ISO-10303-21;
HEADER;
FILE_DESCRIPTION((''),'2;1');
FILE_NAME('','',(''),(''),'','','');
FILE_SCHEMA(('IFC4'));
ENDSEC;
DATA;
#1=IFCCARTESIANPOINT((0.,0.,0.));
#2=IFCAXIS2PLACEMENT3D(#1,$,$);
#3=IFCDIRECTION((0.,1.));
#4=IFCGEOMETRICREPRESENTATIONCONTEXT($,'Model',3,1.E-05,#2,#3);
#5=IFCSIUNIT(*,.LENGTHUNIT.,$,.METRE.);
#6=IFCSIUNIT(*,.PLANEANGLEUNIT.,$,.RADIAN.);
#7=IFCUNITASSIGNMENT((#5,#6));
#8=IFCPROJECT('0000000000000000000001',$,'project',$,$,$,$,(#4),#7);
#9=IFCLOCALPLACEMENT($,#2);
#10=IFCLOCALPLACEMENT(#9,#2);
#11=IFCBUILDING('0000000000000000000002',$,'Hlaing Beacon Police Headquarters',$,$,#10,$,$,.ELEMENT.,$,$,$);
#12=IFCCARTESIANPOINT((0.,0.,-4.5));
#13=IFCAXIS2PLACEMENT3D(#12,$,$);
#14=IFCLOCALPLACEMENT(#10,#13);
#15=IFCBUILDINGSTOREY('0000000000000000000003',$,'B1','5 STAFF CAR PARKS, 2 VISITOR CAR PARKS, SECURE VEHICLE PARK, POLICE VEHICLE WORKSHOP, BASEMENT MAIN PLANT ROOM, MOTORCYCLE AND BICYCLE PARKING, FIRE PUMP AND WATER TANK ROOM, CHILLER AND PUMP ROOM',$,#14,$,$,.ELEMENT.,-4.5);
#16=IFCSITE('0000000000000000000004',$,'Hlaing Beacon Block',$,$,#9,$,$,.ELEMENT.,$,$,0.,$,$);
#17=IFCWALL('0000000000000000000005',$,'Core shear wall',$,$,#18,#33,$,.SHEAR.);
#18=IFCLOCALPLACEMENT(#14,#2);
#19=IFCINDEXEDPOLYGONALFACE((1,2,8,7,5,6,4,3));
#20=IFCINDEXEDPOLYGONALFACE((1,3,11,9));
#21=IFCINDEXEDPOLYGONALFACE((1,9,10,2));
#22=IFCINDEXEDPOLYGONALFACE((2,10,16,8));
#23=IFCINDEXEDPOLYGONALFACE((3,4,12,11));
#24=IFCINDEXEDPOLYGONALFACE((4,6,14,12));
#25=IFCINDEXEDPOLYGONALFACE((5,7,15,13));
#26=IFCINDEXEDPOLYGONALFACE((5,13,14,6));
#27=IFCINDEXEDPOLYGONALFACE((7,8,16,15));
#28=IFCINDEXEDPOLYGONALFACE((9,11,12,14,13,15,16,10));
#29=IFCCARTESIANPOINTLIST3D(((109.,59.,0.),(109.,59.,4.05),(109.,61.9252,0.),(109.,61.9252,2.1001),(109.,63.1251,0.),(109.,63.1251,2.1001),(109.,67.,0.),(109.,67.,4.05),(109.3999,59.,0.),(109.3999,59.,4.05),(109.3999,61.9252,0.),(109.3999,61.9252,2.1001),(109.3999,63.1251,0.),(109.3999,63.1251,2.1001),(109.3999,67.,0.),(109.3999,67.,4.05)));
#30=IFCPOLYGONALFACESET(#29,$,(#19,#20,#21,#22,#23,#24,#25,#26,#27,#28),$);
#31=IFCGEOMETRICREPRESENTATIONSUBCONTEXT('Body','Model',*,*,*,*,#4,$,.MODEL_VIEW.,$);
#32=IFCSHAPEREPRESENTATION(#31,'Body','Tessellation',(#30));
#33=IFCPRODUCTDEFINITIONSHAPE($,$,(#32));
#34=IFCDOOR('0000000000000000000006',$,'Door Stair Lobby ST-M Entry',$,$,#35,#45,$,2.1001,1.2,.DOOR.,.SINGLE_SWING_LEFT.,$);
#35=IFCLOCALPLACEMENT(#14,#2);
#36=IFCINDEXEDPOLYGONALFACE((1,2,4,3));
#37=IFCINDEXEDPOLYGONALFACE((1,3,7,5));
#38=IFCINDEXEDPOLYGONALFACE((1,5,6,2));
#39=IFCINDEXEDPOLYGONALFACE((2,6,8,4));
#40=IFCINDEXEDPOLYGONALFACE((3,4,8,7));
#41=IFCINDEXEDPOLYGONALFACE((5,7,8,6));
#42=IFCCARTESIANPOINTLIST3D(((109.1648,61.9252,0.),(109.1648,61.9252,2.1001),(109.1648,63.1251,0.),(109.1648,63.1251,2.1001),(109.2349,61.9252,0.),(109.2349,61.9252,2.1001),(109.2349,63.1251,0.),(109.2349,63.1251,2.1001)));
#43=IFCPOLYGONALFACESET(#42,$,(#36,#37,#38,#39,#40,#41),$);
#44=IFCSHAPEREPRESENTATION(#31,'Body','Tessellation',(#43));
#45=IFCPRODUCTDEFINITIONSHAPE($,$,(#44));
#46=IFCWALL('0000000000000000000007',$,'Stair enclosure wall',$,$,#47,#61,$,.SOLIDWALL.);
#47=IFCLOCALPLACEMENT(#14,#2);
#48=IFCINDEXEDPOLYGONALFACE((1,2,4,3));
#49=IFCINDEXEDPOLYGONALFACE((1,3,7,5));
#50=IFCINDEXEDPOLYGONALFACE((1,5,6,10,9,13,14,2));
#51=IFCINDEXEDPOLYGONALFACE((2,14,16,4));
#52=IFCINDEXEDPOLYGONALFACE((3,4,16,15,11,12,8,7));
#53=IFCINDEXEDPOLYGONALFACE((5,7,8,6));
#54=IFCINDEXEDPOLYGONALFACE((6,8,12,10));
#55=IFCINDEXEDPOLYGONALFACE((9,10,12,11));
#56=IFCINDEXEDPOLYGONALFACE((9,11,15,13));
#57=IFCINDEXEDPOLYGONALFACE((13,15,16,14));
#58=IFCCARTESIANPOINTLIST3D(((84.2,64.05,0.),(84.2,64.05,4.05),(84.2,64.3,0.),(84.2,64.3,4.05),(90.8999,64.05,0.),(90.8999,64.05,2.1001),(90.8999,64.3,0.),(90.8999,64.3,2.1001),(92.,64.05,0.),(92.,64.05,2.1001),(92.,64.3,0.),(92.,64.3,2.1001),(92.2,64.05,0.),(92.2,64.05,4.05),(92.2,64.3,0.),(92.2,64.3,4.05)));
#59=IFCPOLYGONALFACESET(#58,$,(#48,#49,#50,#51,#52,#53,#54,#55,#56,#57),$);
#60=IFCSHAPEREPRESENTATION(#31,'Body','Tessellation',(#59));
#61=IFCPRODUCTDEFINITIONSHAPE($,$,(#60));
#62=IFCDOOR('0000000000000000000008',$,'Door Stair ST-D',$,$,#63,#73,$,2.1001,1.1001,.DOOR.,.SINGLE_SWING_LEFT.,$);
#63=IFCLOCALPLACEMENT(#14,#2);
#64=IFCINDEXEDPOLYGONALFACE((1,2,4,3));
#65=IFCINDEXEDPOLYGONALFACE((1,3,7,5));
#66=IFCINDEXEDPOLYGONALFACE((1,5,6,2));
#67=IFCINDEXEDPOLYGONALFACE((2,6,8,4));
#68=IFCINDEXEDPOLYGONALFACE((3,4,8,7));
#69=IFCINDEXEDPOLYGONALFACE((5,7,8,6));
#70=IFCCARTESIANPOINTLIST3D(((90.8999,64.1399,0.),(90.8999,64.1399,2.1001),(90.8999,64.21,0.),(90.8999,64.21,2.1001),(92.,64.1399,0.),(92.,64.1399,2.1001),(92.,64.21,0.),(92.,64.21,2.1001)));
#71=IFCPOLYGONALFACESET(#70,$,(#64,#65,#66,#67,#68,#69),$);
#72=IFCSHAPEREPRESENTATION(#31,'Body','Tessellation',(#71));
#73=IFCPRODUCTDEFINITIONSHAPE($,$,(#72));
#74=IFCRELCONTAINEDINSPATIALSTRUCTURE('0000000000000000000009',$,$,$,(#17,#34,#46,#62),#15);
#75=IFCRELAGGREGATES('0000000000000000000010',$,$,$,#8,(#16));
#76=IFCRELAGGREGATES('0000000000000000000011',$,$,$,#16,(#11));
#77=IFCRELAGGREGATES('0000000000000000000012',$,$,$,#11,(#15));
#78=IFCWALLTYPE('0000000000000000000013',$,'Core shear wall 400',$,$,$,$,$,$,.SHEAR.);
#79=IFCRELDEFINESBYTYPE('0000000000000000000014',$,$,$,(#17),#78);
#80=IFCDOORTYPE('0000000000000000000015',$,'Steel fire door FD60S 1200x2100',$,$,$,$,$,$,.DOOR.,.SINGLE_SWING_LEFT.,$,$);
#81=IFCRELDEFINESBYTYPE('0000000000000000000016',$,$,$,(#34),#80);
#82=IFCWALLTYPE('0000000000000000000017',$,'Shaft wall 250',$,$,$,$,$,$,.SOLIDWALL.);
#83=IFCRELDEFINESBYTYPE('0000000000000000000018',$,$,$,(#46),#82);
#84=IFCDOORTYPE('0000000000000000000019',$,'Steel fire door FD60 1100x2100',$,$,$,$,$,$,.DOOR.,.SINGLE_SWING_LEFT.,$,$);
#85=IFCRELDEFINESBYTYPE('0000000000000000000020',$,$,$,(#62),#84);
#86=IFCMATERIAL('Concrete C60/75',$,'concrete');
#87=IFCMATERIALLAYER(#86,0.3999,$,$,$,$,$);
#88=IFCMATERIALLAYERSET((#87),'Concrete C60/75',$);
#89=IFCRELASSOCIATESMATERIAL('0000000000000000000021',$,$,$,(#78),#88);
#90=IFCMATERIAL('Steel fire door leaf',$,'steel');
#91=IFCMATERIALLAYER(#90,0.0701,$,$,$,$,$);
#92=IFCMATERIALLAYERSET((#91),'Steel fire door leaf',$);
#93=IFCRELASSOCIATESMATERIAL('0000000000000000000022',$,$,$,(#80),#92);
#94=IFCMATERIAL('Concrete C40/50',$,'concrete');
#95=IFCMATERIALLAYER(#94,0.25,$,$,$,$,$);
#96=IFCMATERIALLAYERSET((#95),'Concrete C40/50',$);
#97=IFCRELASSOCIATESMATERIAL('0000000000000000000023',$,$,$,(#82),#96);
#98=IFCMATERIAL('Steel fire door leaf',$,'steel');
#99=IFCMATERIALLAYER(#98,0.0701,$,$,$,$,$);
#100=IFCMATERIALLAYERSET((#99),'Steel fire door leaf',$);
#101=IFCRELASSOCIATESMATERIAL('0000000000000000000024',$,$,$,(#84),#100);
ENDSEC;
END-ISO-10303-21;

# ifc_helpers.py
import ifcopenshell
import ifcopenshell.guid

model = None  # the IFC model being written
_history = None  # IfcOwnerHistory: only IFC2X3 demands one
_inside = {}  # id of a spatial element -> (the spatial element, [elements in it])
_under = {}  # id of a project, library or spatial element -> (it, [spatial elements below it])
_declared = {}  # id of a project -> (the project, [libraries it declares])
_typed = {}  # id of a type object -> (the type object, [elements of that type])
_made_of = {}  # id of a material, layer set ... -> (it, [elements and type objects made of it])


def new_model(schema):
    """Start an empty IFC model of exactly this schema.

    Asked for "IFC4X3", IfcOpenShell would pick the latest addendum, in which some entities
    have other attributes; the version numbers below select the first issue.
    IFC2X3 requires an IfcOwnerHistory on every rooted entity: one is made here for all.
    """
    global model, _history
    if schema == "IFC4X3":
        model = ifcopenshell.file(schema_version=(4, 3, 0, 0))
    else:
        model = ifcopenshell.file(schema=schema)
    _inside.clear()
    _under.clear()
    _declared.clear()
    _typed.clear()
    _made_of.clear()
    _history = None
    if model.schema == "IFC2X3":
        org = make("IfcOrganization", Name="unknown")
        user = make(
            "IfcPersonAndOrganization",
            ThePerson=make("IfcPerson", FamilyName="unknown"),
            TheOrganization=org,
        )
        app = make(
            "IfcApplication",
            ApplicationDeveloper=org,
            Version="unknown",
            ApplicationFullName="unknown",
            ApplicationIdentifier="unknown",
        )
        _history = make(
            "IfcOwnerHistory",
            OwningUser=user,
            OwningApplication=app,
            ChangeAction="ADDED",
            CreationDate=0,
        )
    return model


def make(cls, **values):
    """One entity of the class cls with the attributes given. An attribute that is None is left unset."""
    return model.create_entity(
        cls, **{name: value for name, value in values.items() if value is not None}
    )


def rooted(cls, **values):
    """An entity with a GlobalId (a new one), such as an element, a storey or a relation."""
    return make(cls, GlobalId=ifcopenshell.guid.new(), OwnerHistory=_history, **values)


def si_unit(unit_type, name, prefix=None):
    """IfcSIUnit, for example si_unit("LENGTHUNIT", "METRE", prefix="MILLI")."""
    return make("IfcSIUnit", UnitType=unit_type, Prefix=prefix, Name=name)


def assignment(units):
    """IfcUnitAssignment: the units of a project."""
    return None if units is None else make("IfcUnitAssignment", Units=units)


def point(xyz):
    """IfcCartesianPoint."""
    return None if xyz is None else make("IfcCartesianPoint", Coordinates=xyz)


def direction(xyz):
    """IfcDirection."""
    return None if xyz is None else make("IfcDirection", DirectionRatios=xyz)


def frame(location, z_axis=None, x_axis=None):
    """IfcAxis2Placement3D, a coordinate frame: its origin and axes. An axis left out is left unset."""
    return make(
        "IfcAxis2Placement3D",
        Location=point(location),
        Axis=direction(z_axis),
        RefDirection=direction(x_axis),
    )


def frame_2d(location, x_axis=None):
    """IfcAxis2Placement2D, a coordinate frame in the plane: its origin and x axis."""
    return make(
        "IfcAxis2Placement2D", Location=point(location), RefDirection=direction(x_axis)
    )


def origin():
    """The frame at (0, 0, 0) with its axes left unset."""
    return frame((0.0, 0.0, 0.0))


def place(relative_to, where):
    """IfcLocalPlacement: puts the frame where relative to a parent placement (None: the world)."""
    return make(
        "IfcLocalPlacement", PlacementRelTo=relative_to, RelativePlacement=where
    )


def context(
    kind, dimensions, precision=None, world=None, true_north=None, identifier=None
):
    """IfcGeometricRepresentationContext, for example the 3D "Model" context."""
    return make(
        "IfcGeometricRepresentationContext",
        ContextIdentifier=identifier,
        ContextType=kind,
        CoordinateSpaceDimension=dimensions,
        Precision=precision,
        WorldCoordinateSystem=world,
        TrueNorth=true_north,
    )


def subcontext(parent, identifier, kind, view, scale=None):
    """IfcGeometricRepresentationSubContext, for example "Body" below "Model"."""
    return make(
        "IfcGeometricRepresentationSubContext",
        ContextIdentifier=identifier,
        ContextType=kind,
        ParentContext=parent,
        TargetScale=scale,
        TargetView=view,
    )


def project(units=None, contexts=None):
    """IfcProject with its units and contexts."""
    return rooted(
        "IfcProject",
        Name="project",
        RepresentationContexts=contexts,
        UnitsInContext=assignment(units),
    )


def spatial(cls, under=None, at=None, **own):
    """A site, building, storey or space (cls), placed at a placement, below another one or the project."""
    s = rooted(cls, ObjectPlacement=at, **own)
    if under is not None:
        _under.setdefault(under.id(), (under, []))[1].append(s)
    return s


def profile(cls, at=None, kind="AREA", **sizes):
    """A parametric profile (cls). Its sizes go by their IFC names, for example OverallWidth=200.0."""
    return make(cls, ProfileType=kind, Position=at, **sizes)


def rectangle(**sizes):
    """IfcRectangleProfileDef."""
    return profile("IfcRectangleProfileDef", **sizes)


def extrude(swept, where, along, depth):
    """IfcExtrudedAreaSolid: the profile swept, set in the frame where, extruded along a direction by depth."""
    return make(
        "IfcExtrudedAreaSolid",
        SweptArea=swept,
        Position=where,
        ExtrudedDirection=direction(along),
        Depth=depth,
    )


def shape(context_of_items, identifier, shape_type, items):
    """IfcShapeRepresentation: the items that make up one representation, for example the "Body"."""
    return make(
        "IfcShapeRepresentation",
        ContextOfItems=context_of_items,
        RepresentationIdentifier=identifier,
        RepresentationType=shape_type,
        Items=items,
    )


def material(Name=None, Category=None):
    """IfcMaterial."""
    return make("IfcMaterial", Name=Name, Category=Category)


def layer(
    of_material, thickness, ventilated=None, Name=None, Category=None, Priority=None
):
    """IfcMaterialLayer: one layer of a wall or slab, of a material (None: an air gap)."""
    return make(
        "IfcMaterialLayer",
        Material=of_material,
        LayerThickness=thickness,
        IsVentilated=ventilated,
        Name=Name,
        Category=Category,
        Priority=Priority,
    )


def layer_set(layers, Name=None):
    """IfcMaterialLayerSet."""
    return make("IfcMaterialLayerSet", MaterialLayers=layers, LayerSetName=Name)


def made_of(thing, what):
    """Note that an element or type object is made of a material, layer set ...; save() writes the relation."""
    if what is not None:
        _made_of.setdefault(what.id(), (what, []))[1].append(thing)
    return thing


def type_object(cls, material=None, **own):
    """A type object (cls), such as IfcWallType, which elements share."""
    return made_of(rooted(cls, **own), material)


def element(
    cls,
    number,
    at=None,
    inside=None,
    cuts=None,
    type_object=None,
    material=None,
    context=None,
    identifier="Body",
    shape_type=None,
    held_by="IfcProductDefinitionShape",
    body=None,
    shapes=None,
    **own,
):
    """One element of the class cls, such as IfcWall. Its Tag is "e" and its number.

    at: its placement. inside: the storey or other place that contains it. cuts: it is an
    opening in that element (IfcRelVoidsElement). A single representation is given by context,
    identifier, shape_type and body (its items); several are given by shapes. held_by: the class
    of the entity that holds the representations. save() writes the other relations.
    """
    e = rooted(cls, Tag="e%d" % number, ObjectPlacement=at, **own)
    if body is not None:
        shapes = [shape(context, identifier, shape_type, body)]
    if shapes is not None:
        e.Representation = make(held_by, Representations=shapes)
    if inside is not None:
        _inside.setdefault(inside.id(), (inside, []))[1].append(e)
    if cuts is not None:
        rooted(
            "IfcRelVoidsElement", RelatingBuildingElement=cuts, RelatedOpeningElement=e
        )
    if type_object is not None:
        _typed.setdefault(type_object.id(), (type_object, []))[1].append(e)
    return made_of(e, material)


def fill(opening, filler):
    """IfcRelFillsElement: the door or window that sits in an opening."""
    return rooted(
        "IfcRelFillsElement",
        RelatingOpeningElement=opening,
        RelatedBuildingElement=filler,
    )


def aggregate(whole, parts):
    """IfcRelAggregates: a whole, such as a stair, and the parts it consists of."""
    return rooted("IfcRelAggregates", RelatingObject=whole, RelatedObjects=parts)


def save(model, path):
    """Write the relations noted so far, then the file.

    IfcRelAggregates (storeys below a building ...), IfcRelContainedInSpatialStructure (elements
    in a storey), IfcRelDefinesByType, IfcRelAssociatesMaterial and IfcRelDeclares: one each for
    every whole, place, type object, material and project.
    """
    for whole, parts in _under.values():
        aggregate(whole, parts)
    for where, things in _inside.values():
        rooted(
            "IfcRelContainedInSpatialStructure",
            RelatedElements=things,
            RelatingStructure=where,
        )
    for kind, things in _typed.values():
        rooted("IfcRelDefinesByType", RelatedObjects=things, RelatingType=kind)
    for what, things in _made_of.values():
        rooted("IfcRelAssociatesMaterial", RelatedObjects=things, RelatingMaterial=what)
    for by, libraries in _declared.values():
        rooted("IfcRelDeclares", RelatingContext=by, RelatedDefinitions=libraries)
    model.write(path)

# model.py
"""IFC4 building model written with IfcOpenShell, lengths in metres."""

from ifc_helpers import new_model, si_unit, direction, frame, frame_2d, origin, place, context, subcontext, project, spatial, rectangle, extrude, material, layer, layer_set, type_object, element, fill, save


model = new_model("IFC4")

# Units and contexts
model_context = context("Model", 3, precision=1e-05, world=origin(), true_north=direction((0.0, 1.0)))
body_context = subcontext(model_context, "Body", "Model", "MODEL_VIEW")
ifc_project = project(units=[si_unit("LENGTHUNIT", "METRE"), si_unit("PLANEANGLEUNIT", "RADIAN")], contexts=[model_context])

# Site, building, storey
site_placement = place(None, origin())
site = spatial("IfcSite", under=ifc_project, at=site_placement, Name="Hlaing Beacon Block", CompositionType="ELEMENT", RefElevation=0.0)
building_placement = place(site_placement, origin())
building = spatial("IfcBuilding", under=site, at=building_placement, Name="Hlaing Beacon Police Headquarters", CompositionType="ELEMENT")
storey_placement = place(building_placement, frame((0.0, 0.0, -4.5)))
storey = spatial("IfcBuildingStorey", under=building, at=storey_placement, Name="B1", Description="5 STAFF CAR PARKS, 2 VISITOR CAR PARKS, SECURE VEHICLE PARK, POLICE VEHICLE WORKSHOP, BASEMENT MAIN PLANT ROOM, MOTORCYCLE AND BICYCLE PARKING, FIRE PUMP AND WATER TANK ROOM, CHILLER AND PUMP ROOM", CompositionType="ELEMENT", Elevation=-4.5)

# Shared definitions
ifc_material_1 = material(Name="Concrete C60/75", Category="concrete")
ifc_layer_1 = layer(ifc_material_1, 0.3999)
ifc_layer_set_1 = layer_set([ifc_layer_1], Name="Concrete C60/75")
wall_type_1 = type_object("IfcWallType", Name="Core shear wall 400", PredefinedType="SHEAR", material=ifc_layer_set_1)

# Walls, openings, doors
wall_1_placement = place(storey_placement, frame((109.2, 59.0, 0.0), z_axis=(0.0, 0.0, 1.0), x_axis=(0.0, 1.0, 0.0)))
wall_1 = element("IfcWall", 1, at=wall_1_placement, inside=storey, type_object=wall_type_1, Name="Core shear wall", PredefinedType="SHEAR", context=body_context, shape_type="SweptSolid", body=[
    extrude(rectangle(XDim=8.0, YDim=0.3999, at=frame_2d((4.0, 0.0))), origin(), (0.0, 0.0, 1.0), 4.05),
])
opening_1_placement = place(wall_1_placement, frame((2.925, 0.0, 0.0)))
opening_1 = element("IfcOpeningElement", 2, at=opening_1_placement, cuts=wall_1, PredefinedType="OPENING", context=body_context, shape_type="SweptSolid", body=[
    extrude(rectangle(XDim=1.2, YDim=2.1001, at=frame_2d((0.6001, 1.05))), frame((0.0, 0.21, 0.0), z_axis=(0.0, -1.0, 0.0), x_axis=(1.0, 0.0, 0.0)), (0.0, 0.0, 1.0), 0.4199),
])
ifc_material_2 = material(Name="Steel fire door leaf", Category="steel")
ifc_layer_2 = layer(ifc_material_2, 0.0701)
ifc_layer_set_2 = layer_set([ifc_layer_2], Name="Steel fire door leaf")
door_type_1 = type_object("IfcDoorType", Name="Steel fire door FD60S 1200x2100", OperationType="SINGLE_SWING_LEFT", PredefinedType="DOOR", material=ifc_layer_set_2)
door_1_placement = place(opening_1_placement, frame((1.2, 0.0, 0.0), z_axis=(0.0, 0.0, 1.0), x_axis=(-1.0, 0.0, 0.0)))
door_1 = element("IfcDoor", 3, at=door_1_placement, inside=storey, type_object=door_type_1, Name="Door Stair Lobby ST-M Entry", OperationType="SINGLE_SWING_LEFT", OverallHeight=2.1001, OverallWidth=1.2, PredefinedType="DOOR", context=body_context, shape_type="SweptSolid", body=[
    extrude(rectangle(XDim=1.2, YDim=2.1001, at=frame_2d((0.5999, 1.05))), frame((0.0, 0.0349, 0.0), z_axis=(0.0, -1.0, 0.0), x_axis=(1.0, 0.0, 0.0)), (0.0, 0.0, 1.0), 0.0701),
])
fill(opening_1, door_1)
ifc_material_3 = material(Name="Concrete C40/50", Category="concrete")
ifc_layer_3 = layer(ifc_material_3, 0.25)
ifc_layer_set_3 = layer_set([ifc_layer_3], Name="Concrete C40/50")
wall_type_2 = type_object("IfcWallType", Name="Shaft wall 250", PredefinedType="SOLIDWALL", material=ifc_layer_set_3)
wall_2_placement = place(storey_placement, frame((92.2, 64.175, 0.0), z_axis=(0.0, 0.0, 1.0), x_axis=(-1.0, 0.0, 0.0)))
wall_2 = element("IfcWall", 4, at=wall_2_placement, inside=storey, type_object=wall_type_2, Name="Stair enclosure wall", PredefinedType="SOLIDWALL", context=body_context, shape_type="SweptSolid", body=[
    extrude(rectangle(XDim=8.0, YDim=0.25, at=frame_2d((4.0, 0.0))), origin(), (0.0, 0.0, 1.0), 4.05),
])
opening_2_placement = place(wall_2_placement, frame((0.2, 0.0, 0.0)))
opening_2 = element("IfcOpeningElement", 5, at=opening_2_placement, cuts=wall_2, PredefinedType="OPENING", context=body_context, shape_type="SweptSolid", body=[
    extrude(rectangle(XDim=1.1001, YDim=2.1001, at=frame_2d((0.55, 1.05))), frame((0.0, 0.135, 0.0), z_axis=(0.0, -1.0, 0.0), x_axis=(1.0, 0.0, 0.0)), (0.0, 0.0, 1.0), 0.27),
])
ifc_material_4 = material(Name="Steel fire door leaf", Category="steel")
ifc_layer_4 = layer(ifc_material_4, 0.0701)
ifc_layer_set_4 = layer_set([ifc_layer_4], Name="Steel fire door leaf")
door_type_2 = type_object("IfcDoorType", Name="Steel fire door FD60 1100x2100", OperationType="SINGLE_SWING_LEFT", PredefinedType="DOOR", material=ifc_layer_set_4)
door_2_placement = place(opening_2_placement, frame((1.1001, 0.0, 0.0), z_axis=(0.0, 0.0, 1.0), x_axis=(-1.0, 0.0, 0.0)))
door_2 = element("IfcDoor", 6, at=door_2_placement, inside=storey, type_object=door_type_2, Name="Door Stair ST-D", OperationType="SINGLE_SWING_LEFT", OverallHeight=2.1001, OverallWidth=1.1001, PredefinedType="DOOR", context=body_context, shape_type="SweptSolid", body=[
    extrude(rectangle(XDim=1.1001, YDim=2.1001, at=frame_2d((0.55, 1.05))), frame((0.0, 0.0349, 0.0), z_axis=(0.0, -1.0, 0.0), x_axis=(1.0, 0.0, 0.0)), (0.0, 0.0, 1.0), 0.0701),
])
fill(opening_2, door_2)

save(model, "model.ifc")
